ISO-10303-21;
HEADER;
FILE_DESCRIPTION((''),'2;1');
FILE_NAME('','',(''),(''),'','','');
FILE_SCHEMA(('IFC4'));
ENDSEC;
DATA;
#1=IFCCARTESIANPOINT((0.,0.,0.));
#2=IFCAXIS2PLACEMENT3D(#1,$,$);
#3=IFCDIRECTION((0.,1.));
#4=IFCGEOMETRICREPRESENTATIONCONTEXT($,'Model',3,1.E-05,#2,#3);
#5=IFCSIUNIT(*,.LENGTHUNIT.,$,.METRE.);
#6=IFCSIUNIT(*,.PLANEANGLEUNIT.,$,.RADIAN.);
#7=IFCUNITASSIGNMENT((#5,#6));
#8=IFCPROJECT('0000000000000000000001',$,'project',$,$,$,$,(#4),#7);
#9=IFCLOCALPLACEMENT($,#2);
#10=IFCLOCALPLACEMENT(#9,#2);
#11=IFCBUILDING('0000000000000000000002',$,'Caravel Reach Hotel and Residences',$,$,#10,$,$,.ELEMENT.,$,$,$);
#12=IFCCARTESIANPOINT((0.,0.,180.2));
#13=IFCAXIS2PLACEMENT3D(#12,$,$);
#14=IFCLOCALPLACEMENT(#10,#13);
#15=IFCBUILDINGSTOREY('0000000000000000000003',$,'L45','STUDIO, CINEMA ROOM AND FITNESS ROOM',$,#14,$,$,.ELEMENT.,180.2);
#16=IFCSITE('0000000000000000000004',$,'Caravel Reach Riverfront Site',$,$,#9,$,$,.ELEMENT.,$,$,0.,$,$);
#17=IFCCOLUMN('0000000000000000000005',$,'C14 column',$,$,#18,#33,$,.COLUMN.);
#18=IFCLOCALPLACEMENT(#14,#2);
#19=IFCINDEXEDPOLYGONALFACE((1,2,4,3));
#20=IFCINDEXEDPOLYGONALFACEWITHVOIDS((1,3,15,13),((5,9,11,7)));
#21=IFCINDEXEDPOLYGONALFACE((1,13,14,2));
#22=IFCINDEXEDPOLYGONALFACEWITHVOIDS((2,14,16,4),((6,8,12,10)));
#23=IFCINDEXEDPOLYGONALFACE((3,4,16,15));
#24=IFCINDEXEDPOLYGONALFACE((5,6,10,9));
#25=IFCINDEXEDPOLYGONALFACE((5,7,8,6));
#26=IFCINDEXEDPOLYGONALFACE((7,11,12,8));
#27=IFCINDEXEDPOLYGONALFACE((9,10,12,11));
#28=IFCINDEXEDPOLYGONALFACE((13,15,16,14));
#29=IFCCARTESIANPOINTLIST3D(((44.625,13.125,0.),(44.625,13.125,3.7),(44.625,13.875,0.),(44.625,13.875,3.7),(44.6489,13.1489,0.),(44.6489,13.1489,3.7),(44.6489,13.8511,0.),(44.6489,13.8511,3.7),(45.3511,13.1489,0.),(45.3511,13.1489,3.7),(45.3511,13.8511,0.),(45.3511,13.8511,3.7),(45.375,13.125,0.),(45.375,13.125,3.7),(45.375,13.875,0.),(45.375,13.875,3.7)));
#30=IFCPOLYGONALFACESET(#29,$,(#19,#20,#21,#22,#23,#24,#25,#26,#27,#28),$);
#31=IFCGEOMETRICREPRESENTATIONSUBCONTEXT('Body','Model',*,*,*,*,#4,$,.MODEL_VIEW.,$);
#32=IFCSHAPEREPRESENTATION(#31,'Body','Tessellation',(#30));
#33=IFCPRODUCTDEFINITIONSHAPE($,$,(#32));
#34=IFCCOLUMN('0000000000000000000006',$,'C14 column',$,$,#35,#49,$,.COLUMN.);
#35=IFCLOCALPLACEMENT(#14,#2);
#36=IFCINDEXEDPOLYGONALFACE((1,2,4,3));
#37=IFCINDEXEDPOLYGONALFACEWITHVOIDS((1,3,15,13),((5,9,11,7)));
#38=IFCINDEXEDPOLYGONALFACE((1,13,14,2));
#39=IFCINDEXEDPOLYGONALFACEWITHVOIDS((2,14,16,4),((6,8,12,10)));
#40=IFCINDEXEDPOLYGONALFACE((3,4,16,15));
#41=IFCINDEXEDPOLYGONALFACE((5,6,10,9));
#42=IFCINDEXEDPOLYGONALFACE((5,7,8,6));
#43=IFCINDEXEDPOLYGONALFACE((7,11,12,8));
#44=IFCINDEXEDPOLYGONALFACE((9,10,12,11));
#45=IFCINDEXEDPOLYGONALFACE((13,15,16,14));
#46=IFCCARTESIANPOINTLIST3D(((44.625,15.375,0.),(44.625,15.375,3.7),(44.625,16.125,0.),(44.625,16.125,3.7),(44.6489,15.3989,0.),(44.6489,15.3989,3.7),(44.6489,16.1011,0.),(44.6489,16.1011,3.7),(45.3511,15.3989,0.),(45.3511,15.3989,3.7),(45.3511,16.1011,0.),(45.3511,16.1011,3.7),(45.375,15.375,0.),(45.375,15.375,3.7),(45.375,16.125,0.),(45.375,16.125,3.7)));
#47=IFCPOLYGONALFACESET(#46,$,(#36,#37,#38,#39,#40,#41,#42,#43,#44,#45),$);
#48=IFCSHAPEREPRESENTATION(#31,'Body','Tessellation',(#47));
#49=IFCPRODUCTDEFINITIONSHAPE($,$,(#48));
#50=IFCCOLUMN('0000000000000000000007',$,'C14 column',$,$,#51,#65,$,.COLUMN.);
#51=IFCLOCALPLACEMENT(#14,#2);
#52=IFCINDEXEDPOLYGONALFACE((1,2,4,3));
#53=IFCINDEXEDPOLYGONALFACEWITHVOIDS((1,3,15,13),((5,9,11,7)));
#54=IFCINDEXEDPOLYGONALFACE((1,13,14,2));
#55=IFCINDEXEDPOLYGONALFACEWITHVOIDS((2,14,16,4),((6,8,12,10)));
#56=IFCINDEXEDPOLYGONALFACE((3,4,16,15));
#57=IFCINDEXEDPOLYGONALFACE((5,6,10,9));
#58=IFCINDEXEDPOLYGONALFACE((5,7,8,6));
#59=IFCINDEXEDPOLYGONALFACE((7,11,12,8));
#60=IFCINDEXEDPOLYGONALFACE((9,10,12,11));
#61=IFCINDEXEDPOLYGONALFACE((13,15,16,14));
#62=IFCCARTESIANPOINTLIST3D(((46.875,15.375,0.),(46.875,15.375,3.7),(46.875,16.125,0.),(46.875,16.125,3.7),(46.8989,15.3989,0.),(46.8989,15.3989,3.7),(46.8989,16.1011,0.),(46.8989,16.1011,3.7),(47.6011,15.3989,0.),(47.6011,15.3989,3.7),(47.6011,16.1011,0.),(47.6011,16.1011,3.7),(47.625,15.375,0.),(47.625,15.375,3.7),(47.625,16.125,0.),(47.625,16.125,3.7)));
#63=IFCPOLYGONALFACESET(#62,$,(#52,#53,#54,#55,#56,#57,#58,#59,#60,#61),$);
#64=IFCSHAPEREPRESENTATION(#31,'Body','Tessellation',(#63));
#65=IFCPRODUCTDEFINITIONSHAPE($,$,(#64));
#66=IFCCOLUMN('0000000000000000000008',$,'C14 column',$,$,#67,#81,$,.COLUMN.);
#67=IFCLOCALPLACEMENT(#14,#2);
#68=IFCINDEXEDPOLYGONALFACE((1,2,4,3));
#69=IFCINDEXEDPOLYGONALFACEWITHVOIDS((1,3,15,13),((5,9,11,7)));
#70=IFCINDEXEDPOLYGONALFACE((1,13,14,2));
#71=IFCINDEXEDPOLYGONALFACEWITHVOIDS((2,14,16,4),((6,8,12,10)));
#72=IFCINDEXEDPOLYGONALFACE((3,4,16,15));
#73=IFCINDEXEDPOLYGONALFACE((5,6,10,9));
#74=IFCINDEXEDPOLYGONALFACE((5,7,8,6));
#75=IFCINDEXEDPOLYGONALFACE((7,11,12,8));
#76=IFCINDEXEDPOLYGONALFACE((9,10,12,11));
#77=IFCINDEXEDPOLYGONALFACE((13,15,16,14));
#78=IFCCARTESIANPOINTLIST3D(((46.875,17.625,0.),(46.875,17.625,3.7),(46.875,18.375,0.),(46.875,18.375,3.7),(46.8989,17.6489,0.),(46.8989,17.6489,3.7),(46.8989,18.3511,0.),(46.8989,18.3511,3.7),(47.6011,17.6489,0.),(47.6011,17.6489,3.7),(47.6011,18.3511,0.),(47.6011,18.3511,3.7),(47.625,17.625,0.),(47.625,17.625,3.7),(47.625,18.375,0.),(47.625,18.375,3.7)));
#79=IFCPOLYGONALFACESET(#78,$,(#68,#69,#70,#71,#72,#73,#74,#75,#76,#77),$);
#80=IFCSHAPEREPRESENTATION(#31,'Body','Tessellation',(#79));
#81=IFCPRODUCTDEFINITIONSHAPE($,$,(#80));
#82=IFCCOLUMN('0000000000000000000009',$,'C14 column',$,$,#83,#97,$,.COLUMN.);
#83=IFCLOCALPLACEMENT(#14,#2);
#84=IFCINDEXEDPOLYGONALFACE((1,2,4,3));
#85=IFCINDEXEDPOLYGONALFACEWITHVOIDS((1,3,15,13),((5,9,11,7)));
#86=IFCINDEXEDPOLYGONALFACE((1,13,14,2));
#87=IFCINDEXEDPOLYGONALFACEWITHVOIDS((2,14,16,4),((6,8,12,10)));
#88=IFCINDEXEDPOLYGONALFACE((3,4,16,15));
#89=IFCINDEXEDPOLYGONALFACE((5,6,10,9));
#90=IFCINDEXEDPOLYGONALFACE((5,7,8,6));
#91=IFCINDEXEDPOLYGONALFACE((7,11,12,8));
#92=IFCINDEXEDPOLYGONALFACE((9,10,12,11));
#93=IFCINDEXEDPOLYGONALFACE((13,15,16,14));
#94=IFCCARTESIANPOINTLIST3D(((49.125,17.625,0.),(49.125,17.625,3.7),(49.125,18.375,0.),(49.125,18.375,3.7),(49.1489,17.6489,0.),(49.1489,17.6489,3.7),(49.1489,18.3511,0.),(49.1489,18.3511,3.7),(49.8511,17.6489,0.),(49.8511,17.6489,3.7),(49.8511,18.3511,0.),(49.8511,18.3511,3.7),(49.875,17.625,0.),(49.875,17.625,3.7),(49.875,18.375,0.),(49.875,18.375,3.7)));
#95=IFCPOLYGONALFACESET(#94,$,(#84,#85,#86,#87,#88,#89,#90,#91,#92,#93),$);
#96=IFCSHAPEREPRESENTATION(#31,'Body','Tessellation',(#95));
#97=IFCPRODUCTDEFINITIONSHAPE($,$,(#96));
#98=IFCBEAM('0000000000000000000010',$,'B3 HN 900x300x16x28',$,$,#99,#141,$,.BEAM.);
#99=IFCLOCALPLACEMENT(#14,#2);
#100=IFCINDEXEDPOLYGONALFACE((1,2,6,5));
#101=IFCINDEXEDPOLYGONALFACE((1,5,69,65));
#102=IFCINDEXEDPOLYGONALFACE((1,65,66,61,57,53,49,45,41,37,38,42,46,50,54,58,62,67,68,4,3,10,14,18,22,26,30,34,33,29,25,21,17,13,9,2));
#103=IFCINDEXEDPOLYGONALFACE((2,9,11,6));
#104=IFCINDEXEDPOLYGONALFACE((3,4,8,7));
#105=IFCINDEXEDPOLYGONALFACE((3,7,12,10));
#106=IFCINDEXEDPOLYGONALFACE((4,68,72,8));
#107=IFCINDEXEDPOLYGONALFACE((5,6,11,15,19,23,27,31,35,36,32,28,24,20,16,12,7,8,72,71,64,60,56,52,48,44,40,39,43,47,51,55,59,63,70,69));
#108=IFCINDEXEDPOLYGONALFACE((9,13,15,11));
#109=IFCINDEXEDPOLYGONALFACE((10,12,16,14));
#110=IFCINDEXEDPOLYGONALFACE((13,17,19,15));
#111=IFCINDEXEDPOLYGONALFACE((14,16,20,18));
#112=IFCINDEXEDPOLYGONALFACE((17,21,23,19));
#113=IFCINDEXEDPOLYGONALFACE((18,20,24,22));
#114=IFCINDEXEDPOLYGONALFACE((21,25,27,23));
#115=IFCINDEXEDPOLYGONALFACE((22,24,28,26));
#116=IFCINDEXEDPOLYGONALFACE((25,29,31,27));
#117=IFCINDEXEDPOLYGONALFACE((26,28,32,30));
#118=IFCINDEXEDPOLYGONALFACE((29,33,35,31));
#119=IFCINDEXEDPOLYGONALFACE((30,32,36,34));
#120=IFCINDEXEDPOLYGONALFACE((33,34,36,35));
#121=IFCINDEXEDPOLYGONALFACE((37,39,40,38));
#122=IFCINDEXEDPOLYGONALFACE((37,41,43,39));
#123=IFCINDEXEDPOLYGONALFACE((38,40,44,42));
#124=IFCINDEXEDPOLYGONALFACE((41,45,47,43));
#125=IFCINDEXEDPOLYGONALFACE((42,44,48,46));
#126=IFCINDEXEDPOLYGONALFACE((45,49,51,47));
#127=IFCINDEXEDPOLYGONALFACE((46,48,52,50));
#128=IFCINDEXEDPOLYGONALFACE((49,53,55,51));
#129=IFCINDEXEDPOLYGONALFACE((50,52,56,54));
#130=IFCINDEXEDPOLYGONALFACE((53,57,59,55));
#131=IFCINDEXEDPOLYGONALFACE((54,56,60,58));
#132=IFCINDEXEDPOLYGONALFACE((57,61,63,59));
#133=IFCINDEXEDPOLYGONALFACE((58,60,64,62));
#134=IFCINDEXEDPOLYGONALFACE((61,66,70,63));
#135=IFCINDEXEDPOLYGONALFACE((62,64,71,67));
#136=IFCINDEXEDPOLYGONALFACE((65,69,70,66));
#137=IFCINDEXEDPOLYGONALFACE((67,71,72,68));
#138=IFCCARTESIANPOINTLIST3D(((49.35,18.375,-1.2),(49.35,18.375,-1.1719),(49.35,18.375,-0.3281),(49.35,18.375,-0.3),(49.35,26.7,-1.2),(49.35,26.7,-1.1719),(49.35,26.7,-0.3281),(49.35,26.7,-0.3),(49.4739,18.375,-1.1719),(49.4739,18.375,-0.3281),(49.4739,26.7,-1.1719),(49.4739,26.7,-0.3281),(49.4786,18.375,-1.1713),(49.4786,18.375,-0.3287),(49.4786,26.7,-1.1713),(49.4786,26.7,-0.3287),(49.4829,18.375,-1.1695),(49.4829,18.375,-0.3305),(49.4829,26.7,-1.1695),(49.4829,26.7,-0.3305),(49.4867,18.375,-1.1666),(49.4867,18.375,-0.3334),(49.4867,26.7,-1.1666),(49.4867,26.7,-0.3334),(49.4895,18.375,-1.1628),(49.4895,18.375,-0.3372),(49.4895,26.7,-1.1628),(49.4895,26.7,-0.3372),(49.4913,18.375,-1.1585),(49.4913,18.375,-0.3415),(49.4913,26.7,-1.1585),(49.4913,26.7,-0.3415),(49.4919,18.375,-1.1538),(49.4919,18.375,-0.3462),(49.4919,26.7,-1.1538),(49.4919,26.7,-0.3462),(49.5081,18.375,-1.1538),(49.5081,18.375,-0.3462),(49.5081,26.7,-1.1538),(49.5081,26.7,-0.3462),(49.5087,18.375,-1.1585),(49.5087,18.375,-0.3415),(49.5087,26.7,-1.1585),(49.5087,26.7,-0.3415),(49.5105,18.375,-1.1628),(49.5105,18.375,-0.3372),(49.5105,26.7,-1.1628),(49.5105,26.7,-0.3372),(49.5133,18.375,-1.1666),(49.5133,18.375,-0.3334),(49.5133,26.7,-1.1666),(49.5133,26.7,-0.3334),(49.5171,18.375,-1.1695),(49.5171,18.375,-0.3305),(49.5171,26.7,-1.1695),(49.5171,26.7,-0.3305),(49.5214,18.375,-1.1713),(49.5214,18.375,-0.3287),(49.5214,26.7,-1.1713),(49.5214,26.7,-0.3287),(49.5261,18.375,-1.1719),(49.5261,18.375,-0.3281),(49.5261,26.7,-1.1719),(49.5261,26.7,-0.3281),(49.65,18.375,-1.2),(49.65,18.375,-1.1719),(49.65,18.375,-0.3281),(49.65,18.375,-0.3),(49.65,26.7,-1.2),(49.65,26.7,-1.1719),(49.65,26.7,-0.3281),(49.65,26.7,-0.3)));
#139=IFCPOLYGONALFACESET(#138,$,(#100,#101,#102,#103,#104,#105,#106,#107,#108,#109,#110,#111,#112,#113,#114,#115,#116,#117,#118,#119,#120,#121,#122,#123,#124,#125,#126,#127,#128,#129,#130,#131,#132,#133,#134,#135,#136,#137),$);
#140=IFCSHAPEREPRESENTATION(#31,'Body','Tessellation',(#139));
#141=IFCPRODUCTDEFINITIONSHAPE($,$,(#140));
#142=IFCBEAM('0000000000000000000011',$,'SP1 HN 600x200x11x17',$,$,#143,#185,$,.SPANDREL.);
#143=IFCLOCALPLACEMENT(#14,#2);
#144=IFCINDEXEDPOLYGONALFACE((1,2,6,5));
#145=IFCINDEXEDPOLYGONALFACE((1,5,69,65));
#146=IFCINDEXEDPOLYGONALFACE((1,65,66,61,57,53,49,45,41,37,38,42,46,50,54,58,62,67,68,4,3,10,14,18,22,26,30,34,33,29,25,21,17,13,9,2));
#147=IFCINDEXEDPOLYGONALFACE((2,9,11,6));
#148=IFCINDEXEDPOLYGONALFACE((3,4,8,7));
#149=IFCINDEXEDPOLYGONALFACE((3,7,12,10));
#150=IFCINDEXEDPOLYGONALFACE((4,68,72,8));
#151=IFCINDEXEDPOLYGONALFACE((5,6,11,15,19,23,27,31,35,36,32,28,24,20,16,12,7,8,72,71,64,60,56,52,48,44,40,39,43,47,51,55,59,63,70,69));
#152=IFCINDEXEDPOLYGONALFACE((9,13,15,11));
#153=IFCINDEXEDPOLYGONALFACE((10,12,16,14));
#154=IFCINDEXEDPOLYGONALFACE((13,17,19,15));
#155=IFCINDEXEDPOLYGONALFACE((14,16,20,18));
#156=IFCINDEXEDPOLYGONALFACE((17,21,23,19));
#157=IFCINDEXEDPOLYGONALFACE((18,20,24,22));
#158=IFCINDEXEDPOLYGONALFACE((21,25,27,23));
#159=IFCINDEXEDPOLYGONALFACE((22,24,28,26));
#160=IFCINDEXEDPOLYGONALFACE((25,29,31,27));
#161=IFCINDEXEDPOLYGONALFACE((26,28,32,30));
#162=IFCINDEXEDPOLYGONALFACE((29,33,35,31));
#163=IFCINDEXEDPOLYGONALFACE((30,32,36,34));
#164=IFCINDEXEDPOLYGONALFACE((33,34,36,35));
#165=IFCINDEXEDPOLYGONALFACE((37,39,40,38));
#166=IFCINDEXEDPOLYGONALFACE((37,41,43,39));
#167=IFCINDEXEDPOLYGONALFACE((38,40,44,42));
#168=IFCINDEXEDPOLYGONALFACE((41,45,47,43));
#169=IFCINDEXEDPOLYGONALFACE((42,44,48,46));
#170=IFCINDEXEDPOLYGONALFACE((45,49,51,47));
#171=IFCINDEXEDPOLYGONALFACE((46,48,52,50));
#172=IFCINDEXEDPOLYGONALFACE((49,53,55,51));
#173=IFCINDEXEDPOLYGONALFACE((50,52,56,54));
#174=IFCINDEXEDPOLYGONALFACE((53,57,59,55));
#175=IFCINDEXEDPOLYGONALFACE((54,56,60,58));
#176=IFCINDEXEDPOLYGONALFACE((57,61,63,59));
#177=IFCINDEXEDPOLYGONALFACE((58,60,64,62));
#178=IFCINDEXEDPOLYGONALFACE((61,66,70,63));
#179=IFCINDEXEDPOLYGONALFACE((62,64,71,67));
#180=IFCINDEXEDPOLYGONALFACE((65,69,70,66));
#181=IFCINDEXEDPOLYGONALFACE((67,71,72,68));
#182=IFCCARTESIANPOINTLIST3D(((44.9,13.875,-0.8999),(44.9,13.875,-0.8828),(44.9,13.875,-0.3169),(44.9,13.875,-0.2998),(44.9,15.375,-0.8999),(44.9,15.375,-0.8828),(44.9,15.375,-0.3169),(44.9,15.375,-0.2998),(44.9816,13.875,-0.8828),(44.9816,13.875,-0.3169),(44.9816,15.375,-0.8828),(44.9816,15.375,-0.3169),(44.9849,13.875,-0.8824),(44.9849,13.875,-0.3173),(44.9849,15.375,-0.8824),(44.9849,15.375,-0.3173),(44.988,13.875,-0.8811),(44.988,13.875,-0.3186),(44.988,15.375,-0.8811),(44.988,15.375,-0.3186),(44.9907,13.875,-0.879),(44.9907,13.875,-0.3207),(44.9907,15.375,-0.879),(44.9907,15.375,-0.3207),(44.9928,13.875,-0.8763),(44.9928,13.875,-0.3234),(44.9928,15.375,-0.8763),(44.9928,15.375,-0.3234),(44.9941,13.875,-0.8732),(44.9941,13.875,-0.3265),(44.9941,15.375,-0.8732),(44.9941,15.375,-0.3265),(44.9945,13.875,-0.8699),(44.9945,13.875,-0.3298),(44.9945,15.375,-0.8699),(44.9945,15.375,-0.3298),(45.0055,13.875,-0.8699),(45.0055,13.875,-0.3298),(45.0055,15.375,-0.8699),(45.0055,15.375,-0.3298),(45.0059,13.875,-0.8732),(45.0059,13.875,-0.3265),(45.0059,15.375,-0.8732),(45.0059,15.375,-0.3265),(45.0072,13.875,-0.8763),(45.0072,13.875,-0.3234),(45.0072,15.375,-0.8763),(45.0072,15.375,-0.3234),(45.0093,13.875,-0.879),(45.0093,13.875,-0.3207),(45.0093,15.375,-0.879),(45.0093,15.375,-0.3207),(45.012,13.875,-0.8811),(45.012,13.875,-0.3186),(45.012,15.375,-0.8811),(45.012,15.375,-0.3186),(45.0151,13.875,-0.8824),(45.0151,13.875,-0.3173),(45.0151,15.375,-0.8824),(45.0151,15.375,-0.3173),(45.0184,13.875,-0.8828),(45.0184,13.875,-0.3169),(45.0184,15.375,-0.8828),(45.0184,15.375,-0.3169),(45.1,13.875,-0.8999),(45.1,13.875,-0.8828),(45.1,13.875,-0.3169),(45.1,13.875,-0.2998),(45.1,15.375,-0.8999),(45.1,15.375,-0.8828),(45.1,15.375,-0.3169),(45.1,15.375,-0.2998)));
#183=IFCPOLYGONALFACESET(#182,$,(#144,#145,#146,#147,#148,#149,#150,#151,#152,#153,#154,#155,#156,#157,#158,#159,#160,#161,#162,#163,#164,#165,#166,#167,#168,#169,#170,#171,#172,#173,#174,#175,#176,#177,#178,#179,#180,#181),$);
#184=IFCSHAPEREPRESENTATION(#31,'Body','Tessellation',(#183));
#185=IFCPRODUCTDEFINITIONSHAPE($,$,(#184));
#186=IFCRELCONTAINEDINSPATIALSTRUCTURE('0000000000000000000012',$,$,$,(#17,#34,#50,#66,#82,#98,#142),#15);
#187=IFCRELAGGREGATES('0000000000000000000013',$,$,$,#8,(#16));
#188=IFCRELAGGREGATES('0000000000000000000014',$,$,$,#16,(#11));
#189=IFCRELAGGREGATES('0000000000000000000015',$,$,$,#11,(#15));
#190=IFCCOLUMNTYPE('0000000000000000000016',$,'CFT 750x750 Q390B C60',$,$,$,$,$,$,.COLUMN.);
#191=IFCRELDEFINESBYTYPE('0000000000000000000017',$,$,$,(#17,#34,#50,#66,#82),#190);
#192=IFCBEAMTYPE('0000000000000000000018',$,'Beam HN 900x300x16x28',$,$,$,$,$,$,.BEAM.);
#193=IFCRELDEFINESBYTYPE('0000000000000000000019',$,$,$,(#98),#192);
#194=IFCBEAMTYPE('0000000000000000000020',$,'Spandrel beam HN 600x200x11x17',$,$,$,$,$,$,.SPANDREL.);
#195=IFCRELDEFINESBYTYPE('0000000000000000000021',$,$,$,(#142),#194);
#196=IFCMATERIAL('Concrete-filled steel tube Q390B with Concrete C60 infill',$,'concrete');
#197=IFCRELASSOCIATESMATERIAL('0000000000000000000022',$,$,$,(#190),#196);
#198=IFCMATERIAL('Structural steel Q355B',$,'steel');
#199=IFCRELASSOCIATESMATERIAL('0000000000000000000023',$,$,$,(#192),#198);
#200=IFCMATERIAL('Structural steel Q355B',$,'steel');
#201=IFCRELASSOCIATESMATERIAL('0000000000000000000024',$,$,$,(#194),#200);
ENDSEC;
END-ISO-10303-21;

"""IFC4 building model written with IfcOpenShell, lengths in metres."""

from ifc_helpers import new_model, si_unit, direction, frame, origin, origin_2d, place, context, subcontext, project, spatial, hollow_rectangle, i_section, extrude, material, material_profile, profile_set, type_object, element, save


model = new_model("IFC4")

# Units and contexts
model_context = context("Model", 3, precision=1e-05, world=origin(), true_north=direction((0.0, 1.0)))
body_context = subcontext(model_context, "Body", "Model", "MODEL_VIEW")
ifc_project = project(units=[si_unit("LENGTHUNIT", "METRE"), si_unit("PLANEANGLEUNIT", "RADIAN")], contexts=[model_context])

# Site, building, storey
site_placement = place(None, origin())
site = spatial("IfcSite", under=ifc_project, at=site_placement, Name="Caravel Reach Riverfront Site", CompositionType="ELEMENT", RefElevation=0.0)
building_placement = place(site_placement, origin())
building = spatial("IfcBuilding", under=site, at=building_placement, Name="Caravel Reach Hotel and Residences", CompositionType="ELEMENT")
storey_placement = place(building_placement, frame((0.0, 0.0, 180.2)))
storey = spatial("IfcBuildingStorey", under=building, at=storey_placement, Name="L45", Description="STUDIO, CINEMA ROOM AND FITNESS ROOM", CompositionType="ELEMENT", Elevation=180.2)

# Columns
ifc_material_1 = material(Name="Concrete-filled steel tube Q390B with Concrete C60 infill", Category="concrete")
ifc_material_profile_1 = material_profile(ifc_material_1, hollow_rectangle(XDim=0.75, YDim=0.75, WallThickness=0.0239, at=origin_2d()), Name="RHS 750x750x24")
ifc_profile_set_1 = profile_set([ifc_material_profile_1], Name="Concrete-filled steel tube Q390B with Concrete C60 infill")
column_type = type_object("IfcColumnType", Name="CFT 750x750 Q390B C60", PredefinedType="COLUMN", material=ifc_profile_set_1)
for number, where, z_axis, x_axis, name in (
    (1, (45.0, 13.5, 0.0), (0.0, 0.0, 1.0), (1.0, 0.0, 0.0), "C14 column"),
    (2, (45.0, 15.75, 0.0), (0.0, 0.0, 1.0), (1.0, 0.0, 0.0), "C14 column"),
    (3, (47.25, 15.75, 0.0), (0.0, 0.0, 1.0), (1.0, 0.0, 0.0), "C14 column"),
    (4, (47.25, 18.0, 0.0), (0.0, 0.0, 1.0), (1.0, 0.0, 0.0), "C14 column"),
    (5, (49.5, 18.0, 0.0), (0.0, 0.0, 1.0), (1.0, 0.0, 0.0), "C14 column"),
):
    element("IfcColumn", number, at=place(storey_placement, frame(where, z_axis=z_axis, x_axis=x_axis)), inside=storey, type_object=column_type, Name=name, PredefinedType="COLUMN", context=body_context, shape_type="SweptSolid", body=[
        extrude(hollow_rectangle(XDim=0.75, YDim=0.75, WallThickness=0.0239, at=origin_2d()), origin(), (0.0, 0.0, 1.0), 3.7),
    ])

# Beams
ifc_material_2 = material(Name="Structural steel Q355B", Category="steel")
ifc_material_profile_2 = material_profile(ifc_material_2, i_section(OverallWidth=0.3, OverallDepth=0.8999, WebThickness=0.0161, FlangeThickness=0.0281, FilletRadius=0.0181, at=origin_2d()), Name="HN 900x300x16x28")
ifc_profile_set_2 = profile_set([ifc_material_profile_2], Name="Structural steel Q355B")
beam_type_1 = type_object("IfcBeamType", Name="Beam HN 900x300x16x28", PredefinedType="BEAM", material=ifc_profile_set_2)
beam_placement = place(storey_placement, frame((49.5, 18.375, -0.75), z_axis=(0.0, 1.0, 0.0), x_axis=(-1.0, 0.0, 0.0)))
element("IfcBeam", 6, at=beam_placement, inside=storey, type_object=beam_type_1, Name="B3 HN 900x300x16x28", PredefinedType="BEAM", context=body_context, shape_type="SweptSolid", body=[
    extrude(i_section(OverallWidth=0.3, OverallDepth=0.8999, WebThickness=0.0161, FlangeThickness=0.0281, FilletRadius=0.0181, at=origin_2d()), origin(), (0.0, 0.0, 1.0), 8.325),
])
ifc_material_3 = material(Name="Structural steel Q355B", Category="steel")
ifc_material_profile_3 = material_profile(ifc_material_3, i_section(OverallWidth=0.2, OverallDepth=0.6001, WebThickness=0.011, FlangeThickness=0.0171, FilletRadius=0.0129, at=origin_2d()), Name="HN 600x200x11x17")
ifc_profile_set_3 = profile_set([ifc_material_profile_3], Name="Structural steel Q355B")
beam_type_2 = type_object("IfcBeamType", Name="Spandrel beam HN 600x200x11x17", PredefinedType="SPANDREL", material=ifc_profile_set_3)
for number, where, z_axis, x_axis, name in (
    (7, (45.0, 13.875, -0.5999), (0.0, 1.0, 0.0), (-1.0, 0.0, 0.0), "SP1 HN 600x200x11x17"),
):
    element("IfcBeam", number, at=place(storey_placement, frame(where, z_axis=z_axis, x_axis=x_axis)), inside=storey, type_object=beam_type_2, Name=name, PredefinedType="SPANDREL", context=body_context, shape_type="SweptSolid", body=[
        extrude(i_section(OverallWidth=0.2, OverallDepth=0.6001, WebThickness=0.011, FlangeThickness=0.0171, FilletRadius=0.0129, at=origin_2d()), origin(), (0.0, 0.0, 1.0), 1.5),
    ])

save(model, "model.ifc")
